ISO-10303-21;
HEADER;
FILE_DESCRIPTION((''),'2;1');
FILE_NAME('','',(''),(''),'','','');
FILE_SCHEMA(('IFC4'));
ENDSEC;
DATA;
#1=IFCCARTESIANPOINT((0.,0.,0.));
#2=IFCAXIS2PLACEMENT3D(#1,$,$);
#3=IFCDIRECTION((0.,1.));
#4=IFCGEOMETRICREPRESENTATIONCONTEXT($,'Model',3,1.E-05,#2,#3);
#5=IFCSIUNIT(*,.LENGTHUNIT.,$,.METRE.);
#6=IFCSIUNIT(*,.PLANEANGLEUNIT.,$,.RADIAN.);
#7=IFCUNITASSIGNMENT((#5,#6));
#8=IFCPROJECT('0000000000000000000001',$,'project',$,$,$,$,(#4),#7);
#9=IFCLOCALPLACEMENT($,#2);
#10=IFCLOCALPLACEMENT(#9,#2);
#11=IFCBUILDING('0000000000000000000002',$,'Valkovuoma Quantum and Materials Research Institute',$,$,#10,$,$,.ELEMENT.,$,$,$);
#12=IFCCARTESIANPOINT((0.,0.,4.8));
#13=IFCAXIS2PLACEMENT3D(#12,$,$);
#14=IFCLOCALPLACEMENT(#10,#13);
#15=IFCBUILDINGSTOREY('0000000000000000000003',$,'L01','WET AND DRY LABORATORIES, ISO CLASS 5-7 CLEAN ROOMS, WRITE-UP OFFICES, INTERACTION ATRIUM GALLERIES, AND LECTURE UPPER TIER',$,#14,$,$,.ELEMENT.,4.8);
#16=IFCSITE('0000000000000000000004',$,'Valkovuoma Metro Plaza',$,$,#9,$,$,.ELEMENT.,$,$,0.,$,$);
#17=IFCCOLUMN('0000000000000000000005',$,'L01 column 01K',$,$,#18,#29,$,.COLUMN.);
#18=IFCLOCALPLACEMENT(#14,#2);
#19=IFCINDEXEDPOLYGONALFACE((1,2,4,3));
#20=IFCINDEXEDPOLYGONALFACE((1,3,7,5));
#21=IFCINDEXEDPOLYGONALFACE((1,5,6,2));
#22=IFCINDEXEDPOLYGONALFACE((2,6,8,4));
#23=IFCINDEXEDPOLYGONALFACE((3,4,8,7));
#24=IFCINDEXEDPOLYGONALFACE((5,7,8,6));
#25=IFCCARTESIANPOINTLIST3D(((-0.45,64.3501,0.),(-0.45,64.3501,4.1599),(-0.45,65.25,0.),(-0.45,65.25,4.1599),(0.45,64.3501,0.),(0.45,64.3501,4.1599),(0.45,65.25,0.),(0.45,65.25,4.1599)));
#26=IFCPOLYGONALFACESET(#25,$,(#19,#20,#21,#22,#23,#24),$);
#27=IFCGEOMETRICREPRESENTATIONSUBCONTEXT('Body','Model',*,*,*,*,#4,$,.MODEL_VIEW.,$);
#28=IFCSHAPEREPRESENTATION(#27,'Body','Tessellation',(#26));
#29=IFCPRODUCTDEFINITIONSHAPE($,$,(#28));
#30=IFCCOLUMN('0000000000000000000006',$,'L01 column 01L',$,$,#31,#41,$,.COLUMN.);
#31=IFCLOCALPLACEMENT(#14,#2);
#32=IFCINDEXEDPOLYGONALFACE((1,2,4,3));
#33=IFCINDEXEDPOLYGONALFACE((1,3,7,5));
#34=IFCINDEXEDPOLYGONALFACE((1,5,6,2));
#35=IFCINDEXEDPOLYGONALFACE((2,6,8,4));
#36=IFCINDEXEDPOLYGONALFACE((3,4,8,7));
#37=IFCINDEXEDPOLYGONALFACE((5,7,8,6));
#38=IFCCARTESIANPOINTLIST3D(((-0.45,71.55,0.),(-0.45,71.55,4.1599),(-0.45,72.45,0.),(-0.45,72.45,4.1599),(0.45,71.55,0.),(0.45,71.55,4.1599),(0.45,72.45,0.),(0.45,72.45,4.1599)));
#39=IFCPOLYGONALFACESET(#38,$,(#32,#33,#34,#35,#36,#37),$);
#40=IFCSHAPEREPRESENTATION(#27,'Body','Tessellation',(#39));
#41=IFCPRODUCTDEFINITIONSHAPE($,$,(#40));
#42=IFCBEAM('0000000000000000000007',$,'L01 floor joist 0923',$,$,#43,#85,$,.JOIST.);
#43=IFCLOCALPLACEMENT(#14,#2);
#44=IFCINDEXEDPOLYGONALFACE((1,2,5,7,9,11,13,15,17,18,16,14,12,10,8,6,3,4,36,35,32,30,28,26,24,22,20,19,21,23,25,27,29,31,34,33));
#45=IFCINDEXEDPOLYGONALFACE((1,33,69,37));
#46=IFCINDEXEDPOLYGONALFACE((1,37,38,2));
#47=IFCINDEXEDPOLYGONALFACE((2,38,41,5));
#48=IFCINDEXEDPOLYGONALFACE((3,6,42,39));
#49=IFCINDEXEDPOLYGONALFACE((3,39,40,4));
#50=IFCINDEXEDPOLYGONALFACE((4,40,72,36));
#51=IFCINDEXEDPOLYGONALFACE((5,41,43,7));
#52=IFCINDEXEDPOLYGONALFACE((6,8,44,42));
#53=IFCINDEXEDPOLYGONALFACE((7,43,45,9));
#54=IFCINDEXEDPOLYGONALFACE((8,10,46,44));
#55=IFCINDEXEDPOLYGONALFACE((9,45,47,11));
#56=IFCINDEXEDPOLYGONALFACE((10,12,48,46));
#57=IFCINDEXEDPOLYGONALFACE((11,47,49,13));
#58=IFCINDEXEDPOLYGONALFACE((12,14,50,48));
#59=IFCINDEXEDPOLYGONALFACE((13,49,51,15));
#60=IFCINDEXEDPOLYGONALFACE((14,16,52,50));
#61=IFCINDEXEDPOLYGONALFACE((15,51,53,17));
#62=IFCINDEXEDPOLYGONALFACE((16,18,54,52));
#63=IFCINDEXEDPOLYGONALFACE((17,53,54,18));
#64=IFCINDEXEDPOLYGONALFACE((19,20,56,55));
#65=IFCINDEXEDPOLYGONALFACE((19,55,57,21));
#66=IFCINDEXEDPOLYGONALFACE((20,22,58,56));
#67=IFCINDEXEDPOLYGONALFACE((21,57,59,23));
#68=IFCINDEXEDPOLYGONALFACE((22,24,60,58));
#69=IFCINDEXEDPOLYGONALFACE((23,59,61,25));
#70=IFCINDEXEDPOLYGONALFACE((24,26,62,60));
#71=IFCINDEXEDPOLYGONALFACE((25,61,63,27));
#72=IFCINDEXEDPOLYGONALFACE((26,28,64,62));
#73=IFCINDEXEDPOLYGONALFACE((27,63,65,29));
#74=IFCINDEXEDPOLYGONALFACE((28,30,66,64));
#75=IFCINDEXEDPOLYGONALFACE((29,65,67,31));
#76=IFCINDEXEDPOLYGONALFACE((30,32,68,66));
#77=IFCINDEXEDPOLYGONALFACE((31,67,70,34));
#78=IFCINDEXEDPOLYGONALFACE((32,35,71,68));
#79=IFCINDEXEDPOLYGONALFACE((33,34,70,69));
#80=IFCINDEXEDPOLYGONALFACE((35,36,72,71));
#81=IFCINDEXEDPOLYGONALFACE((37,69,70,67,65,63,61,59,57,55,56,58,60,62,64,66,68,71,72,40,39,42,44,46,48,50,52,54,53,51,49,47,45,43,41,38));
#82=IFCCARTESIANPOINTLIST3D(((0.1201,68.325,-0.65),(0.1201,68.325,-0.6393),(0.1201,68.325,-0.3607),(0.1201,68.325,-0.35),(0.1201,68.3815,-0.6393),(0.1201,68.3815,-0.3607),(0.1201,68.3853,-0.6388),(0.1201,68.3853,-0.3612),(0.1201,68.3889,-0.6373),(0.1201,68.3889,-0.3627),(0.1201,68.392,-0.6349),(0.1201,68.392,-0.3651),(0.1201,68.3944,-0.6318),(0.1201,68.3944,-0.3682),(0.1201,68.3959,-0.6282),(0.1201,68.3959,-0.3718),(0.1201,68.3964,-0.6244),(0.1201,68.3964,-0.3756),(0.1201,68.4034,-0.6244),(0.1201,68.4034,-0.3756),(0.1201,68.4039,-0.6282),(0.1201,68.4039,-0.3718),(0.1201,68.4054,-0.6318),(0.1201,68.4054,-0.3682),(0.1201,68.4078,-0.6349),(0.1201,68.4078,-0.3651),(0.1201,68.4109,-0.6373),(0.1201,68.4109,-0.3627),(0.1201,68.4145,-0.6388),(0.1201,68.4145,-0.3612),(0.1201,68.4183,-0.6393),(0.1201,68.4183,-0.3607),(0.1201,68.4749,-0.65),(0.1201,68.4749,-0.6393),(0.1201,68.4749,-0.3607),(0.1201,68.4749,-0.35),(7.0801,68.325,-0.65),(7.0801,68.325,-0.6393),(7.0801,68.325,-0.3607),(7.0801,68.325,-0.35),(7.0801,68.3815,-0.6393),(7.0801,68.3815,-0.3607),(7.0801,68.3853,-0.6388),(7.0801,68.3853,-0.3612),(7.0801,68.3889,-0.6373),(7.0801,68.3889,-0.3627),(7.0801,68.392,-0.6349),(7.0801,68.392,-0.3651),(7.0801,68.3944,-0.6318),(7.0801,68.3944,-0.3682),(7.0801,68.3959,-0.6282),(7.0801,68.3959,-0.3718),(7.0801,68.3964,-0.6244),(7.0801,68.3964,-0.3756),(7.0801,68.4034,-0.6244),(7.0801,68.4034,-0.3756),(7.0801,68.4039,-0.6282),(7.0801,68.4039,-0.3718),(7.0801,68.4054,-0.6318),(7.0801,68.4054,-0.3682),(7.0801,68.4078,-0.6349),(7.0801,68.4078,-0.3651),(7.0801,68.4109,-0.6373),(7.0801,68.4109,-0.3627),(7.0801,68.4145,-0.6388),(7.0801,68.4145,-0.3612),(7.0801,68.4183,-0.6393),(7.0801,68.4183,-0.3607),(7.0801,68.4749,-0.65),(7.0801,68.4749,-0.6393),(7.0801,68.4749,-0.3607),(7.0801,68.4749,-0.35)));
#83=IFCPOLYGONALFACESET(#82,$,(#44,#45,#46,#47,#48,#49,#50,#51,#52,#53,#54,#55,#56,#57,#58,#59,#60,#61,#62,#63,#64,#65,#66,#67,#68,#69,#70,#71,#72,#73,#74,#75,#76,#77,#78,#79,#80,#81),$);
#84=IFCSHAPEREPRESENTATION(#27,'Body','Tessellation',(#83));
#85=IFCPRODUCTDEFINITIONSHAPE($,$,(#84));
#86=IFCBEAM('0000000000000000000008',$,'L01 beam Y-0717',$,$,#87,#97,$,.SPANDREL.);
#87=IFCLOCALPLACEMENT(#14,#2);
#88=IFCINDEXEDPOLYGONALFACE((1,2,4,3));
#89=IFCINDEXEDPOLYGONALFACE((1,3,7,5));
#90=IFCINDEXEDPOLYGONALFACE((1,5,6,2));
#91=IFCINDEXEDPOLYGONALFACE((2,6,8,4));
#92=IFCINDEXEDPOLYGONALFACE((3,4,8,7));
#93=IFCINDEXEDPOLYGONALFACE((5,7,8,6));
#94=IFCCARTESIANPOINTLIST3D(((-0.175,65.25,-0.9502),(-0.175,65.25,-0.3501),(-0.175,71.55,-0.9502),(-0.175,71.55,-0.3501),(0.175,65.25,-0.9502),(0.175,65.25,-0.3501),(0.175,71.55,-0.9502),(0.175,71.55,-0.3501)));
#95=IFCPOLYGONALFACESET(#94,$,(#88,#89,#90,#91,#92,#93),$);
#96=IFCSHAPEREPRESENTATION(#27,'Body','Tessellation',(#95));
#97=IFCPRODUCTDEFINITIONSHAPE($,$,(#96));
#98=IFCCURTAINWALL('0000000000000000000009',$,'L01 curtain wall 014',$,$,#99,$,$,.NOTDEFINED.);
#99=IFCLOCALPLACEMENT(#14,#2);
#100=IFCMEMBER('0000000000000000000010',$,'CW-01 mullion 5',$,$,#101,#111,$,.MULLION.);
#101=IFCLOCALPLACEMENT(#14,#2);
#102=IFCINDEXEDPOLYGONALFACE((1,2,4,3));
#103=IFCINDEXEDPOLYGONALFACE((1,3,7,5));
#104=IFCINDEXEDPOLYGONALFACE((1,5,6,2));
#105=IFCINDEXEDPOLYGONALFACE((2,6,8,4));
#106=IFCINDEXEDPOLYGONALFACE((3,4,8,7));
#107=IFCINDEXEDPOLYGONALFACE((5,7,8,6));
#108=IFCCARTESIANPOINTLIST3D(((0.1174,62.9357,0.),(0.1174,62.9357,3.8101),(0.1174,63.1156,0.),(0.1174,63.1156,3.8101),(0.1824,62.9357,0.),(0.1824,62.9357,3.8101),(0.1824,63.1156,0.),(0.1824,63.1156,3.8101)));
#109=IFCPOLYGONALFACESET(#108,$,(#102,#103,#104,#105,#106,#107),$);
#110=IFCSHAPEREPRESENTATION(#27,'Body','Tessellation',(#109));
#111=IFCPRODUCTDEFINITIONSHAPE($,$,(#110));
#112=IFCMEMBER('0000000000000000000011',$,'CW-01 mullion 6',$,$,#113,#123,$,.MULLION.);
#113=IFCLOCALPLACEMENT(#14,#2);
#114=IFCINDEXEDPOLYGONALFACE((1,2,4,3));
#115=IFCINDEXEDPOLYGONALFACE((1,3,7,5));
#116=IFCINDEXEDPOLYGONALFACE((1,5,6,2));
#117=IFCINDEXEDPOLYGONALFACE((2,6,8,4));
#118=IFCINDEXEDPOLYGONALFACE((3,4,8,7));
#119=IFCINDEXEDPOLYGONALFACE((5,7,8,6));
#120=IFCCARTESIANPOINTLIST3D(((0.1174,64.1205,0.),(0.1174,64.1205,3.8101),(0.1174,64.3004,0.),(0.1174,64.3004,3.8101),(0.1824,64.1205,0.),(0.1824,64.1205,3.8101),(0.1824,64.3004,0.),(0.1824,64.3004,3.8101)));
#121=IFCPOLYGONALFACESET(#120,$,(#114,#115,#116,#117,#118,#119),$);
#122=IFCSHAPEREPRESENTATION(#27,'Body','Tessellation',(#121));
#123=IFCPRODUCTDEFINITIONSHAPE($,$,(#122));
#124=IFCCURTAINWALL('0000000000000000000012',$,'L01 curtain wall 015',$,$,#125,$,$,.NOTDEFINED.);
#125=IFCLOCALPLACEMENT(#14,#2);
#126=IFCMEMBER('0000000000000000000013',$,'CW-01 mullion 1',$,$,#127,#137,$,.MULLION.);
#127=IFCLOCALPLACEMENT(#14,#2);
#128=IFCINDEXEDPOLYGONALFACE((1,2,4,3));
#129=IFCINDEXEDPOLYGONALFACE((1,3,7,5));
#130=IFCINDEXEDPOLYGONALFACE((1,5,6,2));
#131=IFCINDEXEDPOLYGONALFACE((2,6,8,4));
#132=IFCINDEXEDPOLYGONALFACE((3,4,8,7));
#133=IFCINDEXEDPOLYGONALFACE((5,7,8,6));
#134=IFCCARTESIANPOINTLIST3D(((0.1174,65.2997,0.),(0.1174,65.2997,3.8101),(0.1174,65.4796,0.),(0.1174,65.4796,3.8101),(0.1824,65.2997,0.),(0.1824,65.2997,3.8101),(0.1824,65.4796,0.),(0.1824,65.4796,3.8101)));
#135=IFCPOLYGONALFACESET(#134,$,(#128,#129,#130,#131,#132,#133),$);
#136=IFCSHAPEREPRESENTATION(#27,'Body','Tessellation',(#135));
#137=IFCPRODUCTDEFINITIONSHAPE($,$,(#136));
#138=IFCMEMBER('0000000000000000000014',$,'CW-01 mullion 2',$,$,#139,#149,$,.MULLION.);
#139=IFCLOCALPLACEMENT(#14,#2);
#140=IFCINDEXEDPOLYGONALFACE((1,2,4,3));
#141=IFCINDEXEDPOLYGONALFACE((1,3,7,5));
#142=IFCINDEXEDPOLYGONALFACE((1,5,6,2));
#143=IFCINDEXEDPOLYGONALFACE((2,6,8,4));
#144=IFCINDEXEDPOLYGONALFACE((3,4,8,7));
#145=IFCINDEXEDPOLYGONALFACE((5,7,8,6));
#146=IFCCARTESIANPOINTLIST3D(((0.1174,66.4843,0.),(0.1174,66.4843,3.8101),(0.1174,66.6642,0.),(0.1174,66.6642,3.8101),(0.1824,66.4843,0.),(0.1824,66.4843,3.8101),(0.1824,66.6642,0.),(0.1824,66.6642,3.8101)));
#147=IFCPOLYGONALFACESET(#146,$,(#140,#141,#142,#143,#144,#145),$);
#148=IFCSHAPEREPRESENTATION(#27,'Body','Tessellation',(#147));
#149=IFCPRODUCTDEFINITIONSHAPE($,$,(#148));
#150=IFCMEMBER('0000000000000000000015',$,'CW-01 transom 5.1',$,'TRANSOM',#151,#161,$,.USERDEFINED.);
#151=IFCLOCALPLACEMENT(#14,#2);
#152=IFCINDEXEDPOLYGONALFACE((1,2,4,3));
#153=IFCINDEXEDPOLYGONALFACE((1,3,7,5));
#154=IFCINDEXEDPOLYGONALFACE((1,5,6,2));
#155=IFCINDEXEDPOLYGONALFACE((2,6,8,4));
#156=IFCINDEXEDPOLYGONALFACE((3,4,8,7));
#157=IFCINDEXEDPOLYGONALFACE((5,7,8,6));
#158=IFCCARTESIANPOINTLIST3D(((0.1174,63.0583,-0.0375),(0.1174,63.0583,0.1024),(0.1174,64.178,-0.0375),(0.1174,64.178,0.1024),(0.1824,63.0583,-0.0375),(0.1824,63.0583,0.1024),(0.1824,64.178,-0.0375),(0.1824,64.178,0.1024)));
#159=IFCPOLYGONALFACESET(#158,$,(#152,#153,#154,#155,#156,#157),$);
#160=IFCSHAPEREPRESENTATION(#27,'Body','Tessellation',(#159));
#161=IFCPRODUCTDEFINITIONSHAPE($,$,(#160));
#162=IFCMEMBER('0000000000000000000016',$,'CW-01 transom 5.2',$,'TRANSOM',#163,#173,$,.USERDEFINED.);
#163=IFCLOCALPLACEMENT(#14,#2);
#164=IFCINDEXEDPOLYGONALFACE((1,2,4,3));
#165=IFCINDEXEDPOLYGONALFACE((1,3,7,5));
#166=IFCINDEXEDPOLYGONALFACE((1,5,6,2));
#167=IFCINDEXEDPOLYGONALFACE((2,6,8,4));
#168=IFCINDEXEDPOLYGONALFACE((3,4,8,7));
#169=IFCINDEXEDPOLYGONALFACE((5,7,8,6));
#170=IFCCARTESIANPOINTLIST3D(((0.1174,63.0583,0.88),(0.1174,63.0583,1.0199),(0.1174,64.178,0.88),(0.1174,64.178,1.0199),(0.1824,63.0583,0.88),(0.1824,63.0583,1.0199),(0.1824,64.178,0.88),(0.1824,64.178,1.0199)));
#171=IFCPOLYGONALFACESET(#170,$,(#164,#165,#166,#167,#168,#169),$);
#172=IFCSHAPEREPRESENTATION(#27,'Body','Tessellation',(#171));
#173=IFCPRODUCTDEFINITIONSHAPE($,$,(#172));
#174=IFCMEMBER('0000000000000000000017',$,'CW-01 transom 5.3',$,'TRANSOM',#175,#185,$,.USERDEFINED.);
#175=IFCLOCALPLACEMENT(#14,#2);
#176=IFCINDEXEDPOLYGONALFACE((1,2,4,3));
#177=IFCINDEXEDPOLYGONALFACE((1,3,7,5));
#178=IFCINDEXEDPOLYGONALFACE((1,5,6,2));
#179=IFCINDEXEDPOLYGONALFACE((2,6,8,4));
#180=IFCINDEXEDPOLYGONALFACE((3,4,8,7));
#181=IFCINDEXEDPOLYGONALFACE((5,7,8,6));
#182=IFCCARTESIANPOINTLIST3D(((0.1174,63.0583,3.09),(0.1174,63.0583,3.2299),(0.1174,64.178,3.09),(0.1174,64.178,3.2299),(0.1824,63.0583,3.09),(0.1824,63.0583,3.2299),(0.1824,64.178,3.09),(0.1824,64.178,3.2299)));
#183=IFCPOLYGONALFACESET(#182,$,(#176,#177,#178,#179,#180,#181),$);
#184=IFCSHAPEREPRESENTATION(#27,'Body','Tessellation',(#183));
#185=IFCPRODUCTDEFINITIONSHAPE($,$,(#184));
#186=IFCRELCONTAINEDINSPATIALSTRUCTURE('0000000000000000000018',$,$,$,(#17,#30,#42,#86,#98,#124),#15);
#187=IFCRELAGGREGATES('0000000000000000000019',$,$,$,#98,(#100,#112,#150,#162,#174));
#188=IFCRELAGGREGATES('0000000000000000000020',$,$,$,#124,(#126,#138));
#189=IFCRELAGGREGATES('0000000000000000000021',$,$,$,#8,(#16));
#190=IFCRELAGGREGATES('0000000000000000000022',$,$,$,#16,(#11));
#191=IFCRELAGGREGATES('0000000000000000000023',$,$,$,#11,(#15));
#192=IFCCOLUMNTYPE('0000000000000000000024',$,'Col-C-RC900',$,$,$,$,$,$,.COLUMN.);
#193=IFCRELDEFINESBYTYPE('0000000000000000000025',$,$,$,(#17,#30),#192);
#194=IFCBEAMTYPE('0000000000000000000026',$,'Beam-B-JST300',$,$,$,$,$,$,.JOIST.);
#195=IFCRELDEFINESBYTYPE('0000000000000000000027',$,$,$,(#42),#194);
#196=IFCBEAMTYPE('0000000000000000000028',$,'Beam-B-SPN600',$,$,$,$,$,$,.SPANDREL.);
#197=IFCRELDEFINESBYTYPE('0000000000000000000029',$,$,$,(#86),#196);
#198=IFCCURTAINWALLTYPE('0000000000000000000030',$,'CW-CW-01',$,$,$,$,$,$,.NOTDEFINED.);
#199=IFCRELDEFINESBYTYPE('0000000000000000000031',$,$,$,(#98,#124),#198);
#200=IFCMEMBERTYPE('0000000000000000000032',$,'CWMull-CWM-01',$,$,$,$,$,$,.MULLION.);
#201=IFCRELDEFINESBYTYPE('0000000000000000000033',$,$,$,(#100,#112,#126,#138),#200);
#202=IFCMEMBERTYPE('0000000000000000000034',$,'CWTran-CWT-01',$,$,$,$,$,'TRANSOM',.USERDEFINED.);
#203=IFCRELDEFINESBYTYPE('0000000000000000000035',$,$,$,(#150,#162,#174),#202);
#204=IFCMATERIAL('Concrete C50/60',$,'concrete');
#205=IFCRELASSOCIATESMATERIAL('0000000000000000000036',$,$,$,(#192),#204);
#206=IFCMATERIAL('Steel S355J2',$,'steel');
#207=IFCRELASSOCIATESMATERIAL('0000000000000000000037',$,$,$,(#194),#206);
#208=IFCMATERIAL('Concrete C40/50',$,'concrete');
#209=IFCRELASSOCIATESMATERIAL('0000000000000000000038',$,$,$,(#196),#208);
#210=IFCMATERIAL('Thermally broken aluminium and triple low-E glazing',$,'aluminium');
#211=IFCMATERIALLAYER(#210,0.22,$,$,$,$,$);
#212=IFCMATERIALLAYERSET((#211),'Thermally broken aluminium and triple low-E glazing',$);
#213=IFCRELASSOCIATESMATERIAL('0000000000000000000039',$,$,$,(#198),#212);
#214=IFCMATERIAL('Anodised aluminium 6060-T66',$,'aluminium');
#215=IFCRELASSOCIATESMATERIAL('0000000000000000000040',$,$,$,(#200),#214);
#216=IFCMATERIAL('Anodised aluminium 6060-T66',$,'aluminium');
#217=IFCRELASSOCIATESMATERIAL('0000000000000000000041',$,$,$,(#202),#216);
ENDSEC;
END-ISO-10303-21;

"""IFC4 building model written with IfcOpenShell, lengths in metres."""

from ifc_helpers import new_model, si_unit, direction, frame, origin, origin_2d, place, context, subcontext, project, spatial, rectangle, i_section, extrude, material, layer, layer_set, material_profile, profile_set, type_object, element, aggregate, save


model = new_model("IFC4")

# Units and contexts
model_context = context("Model", 3, precision=1e-05, world=origin(), true_north=direction((0.0, 1.0)))
body_context = subcontext(model_context, "Body", "Model", "MODEL_VIEW")
ifc_project = project(units=[si_unit("LENGTHUNIT", "METRE"), si_unit("PLANEANGLEUNIT", "RADIAN")], contexts=[model_context])

# Site, building, storey
site_placement = place(None, origin())
site = spatial("IfcSite", under=ifc_project, at=site_placement, Name="Valkovuoma Metro Plaza", CompositionType="ELEMENT", RefElevation=0.0)
building_placement = place(site_placement, origin())
building = spatial("IfcBuilding", under=site, at=building_placement, Name="Valkovuoma Quantum and Materials Research Institute", CompositionType="ELEMENT")
storey_placement = place(building_placement, frame((0.0, 0.0, 4.8)))
storey = spatial("IfcBuildingStorey", under=building, at=storey_placement, Name="L01", Description="WET AND DRY LABORATORIES, ISO CLASS 5-7 CLEAN ROOMS, WRITE-UP OFFICES, INTERACTION ATRIUM GALLERIES, AND LECTURE UPPER TIER", CompositionType="ELEMENT", Elevation=4.8)

# Columns
ifc_material_1 = material(Name="Concrete C50/60", Category="concrete")
ifc_material_profile_1 = material_profile(ifc_material_1, rectangle(XDim=0.8999, YDim=0.8999, at=origin_2d()), Name="Concrete C50/60")
ifc_profile_set_1 = profile_set([ifc_material_profile_1], Name="Concrete C50/60")
column_type = type_object("IfcColumnType", Name="Col-C-RC900", PredefinedType="COLUMN", material=ifc_profile_set_1)
for number, where, z_axis, x_axis, name in (
    (1, (0.0, 64.8, 0.0), (0.0, 0.0, 1.0), (1.0, 0.0, 0.0), "L01 column 01K"),
    (2, (0.0, 72.0, 0.0), (0.0, 0.0, 1.0), (1.0, 0.0, 0.0), "L01 column 01L"),
):
    element("IfcColumn", number, at=place(storey_placement, frame(where, z_axis=z_axis, x_axis=x_axis)), inside=storey, type_object=column_type, Name=name, PredefinedType="COLUMN", context=body_context, shape_type="SweptSolid", body=[
        extrude(rectangle(XDim=0.8999, YDim=0.8999, at=origin_2d()), origin(), (0.0, 0.0, 1.0), 4.1599),
    ])

# Beams
ifc_material_2 = material(Name="Steel S355J2", Category="steel")
ifc_material_profile_2 = material_profile(ifc_material_2, i_section(OverallWidth=0.1499, OverallDepth=0.3, WebThickness=0.0071, FlangeThickness=0.0107, FilletRadius=0.0149, at=origin_2d()), Name="Steel S355J2")
ifc_profile_set_2 = profile_set([ifc_material_profile_2], Name="Steel S355J2")
beam_type_1 = type_object("IfcBeamType", Name="Beam-B-JST300", PredefinedType="JOIST", material=ifc_profile_set_2)
beam_1_placement = place(storey_placement, frame((0.1201, 68.3999, -0.5), z_axis=(1.0, 0.0, 0.0), x_axis=(0.0, 1.0, 0.0)))
element("IfcBeam", 3, at=beam_1_placement, inside=storey, type_object=beam_type_1, Name="L01 floor joist 0923", PredefinedType="JOIST", context=body_context, shape_type="SweptSolid", body=[
    extrude(i_section(OverallWidth=0.1499, OverallDepth=0.3, WebThickness=0.0071, FlangeThickness=0.0107, FilletRadius=0.0149, at=origin_2d()), origin(), (0.0, 0.0, 1.0), 6.96),
])
ifc_material_3 = material(Name="Concrete C40/50", Category="concrete")
ifc_material_profile_3 = material_profile(ifc_material_3, rectangle(XDim=0.3501, YDim=0.6001, at=origin_2d()), Name="Concrete C40/50")
ifc_profile_set_3 = profile_set([ifc_material_profile_3], Name="Concrete C40/50")
beam_type_2 = type_object("IfcBeamType", Name="Beam-B-SPN600", PredefinedType="SPANDREL", material=ifc_profile_set_3)
beam_2_placement = place(storey_placement, frame((0.0, 65.25, -0.6501), z_axis=(0.0, 1.0, 0.0), x_axis=(-1.0, 0.0, 0.0)))
element("IfcBeam", 4, at=beam_2_placement, inside=storey, type_object=beam_type_2, Name="L01 beam Y-0717", PredefinedType="SPANDREL", context=body_context, shape_type="SweptSolid", body=[
    extrude(rectangle(XDim=0.3501, YDim=0.6001, at=origin_2d()), origin(), (0.0, 0.0, 1.0), 6.3),
])

# Curtain walls, members
ifc_material_4 = material(Name="Thermally broken aluminium and triple low-E glazing", Category="aluminium")
ifc_layer_1 = layer(ifc_material_4, 0.22)
ifc_layer_set_1 = layer_set([ifc_layer_1], Name="Thermally broken aluminium and triple low-E glazing")
curtain_wall_type = type_object("IfcCurtainWallType", Name="CW-CW-01", PredefinedType="NOTDEFINED", material=ifc_layer_set_1)
curtain_wall_1_placement = place(storey_placement, origin())
curtain_wall_1 = element("IfcCurtainWall", 5, at=curtain_wall_1_placement, inside=storey, type_object=curtain_wall_type, Name="L01 curtain wall 014", PredefinedType="NOTDEFINED")
ifc_material_5 = material(Name="Anodised aluminium 6060-T66", Category="aluminium")
ifc_material_profile_4 = material_profile(ifc_material_5, rectangle(XDim=0.0649, YDim=0.1799, at=origin_2d()), Name="Anodised aluminium 6060-T66")
ifc_profile_set_4 = profile_set([ifc_material_profile_4], Name="Anodised aluminium 6060-T66")
member_type_1 = type_object("IfcMemberType", Name="CWMull-CWM-01", PredefinedType="MULLION", material=ifc_profile_set_4)
member_1_placement = place(storey_placement, frame((0.1499, 63.0256, 0.0), z_axis=(0.0, 0.0, 1.0), x_axis=(-1.0, 0.0, 0.0)))
member_1 = element("IfcMember", 6, at=member_1_placement, type_object=member_type_1, Name="CW-01 mullion 5", PredefinedType="MULLION", context=body_context, shape_type="SweptSolid", body=[
    extrude(rectangle(XDim=0.0649, YDim=0.1799, at=origin_2d()), origin(), (0.0, 0.0, 1.0), 3.8101),
])
member_2_placement = place(storey_placement, frame((0.1499, 64.2104, 0.0), z_axis=(0.0, 0.0, 1.0), x_axis=(-1.0, 0.0, 0.0)))
member_2 = element("IfcMember", 7, at=member_2_placement, type_object=member_type_1, Name="CW-01 mullion 6", PredefinedType="MULLION", context=body_context, shape_type="SweptSolid", body=[
    extrude(rectangle(XDim=0.0649, YDim=0.1799, at=origin_2d()), origin(), (0.0, 0.0, 1.0), 3.8101),
])
curtain_wall_2_placement = place(storey_placement, origin())
curtain_wall_2 = element("IfcCurtainWall", 8, at=curtain_wall_2_placement, inside=storey, type_object=curtain_wall_type, Name="L01 curtain wall 015", PredefinedType="NOTDEFINED")
member_3_placement = place(storey_placement, frame((0.1499, 65.3896, 0.0), z_axis=(0.0, 0.0, 1.0), x_axis=(-1.0, 0.0, 0.0)))
member_3 = element("IfcMember", 9, at=member_3_placement, type_object=member_type_1, Name="CW-01 mullion 1", PredefinedType="MULLION", context=body_context, shape_type="SweptSolid", body=[
    extrude(rectangle(XDim=0.0649, YDim=0.1799, at=origin_2d()), origin(), (0.0, 0.0, 1.0), 3.8101),
])
member_4_placement = place(storey_placement, frame((0.1499, 66.5742, 0.0), z_axis=(0.0, 0.0, 1.0), x_axis=(-1.0, 0.0, 0.0)))
member_4 = element("IfcMember", 10, at=member_4_placement, type_object=member_type_1, Name="CW-01 mullion 2", PredefinedType="MULLION", context=body_context, shape_type="SweptSolid", body=[
    extrude(rectangle(XDim=0.0649, YDim=0.1799, at=origin_2d()), origin(), (0.0, 0.0, 1.0), 3.8101),
])

# Members
ifc_material_6 = material(Name="Anodised aluminium 6060-T66", Category="aluminium")
ifc_material_profile_5 = material_profile(ifc_material_6, rectangle(XDim=0.0649, YDim=0.1399, at=origin_2d()), Name="Anodised aluminium 6060-T66")
ifc_profile_set_5 = profile_set([ifc_material_profile_5], Name="Anodised aluminium 6060-T66")
member_type_2 = type_object("IfcMemberType", Name="CWTran-CWT-01", ElementType="TRANSOM", PredefinedType="USERDEFINED", material=ifc_profile_set_5)
member_5_placement = place(storey_placement, frame((0.1499, 63.0583, 0.0325), z_axis=(0.0, 1.0, 0.0), x_axis=(-1.0, 0.0, 0.0)))
member_5 = element("IfcMember", 11, at=member_5_placement, type_object=member_type_2, Name="CW-01 transom 5.1", ObjectType="TRANSOM", PredefinedType="USERDEFINED", context=body_context, shape_type="SweptSolid", body=[
    extrude(rectangle(XDim=0.0649, YDim=0.1399, at=origin_2d()), origin(), (0.0, 0.0, 1.0), 1.1196),
])
member_6_placement = place(storey_placement, frame((0.1499, 63.0583, 0.95), z_axis=(0.0, 1.0, 0.0), x_axis=(-1.0, 0.0, 0.0)))
member_6 = element("IfcMember", 12, at=member_6_placement, type_object=member_type_2, Name="CW-01 transom 5.2", ObjectType="TRANSOM", PredefinedType="USERDEFINED", context=body_context, shape_type="SweptSolid", body=[
    extrude(rectangle(XDim=0.0649, YDim=0.1399, at=origin_2d()), origin(), (0.0, 0.0, 1.0), 1.1196),
])
member_7_placement = place(storey_placement, frame((0.1499, 63.0583, 3.1599), z_axis=(0.0, 1.0, 0.0), x_axis=(-1.0, 0.0, 0.0)))
member_7 = element("IfcMember", 13, at=member_7_placement, type_object=member_type_2, Name="CW-01 transom 5.3", ObjectType="TRANSOM", PredefinedType="USERDEFINED", context=body_context, shape_type="SweptSolid", body=[
    extrude(rectangle(XDim=0.0649, YDim=0.1399, at=origin_2d()), origin(), (0.0, 0.0, 1.0), 1.1196),
])

aggregate(curtain_wall_1, [member_1, member_2, member_5, member_6, member_7])
aggregate(curtain_wall_2, [member_3, member_4])

save(model, "model.ifc")
